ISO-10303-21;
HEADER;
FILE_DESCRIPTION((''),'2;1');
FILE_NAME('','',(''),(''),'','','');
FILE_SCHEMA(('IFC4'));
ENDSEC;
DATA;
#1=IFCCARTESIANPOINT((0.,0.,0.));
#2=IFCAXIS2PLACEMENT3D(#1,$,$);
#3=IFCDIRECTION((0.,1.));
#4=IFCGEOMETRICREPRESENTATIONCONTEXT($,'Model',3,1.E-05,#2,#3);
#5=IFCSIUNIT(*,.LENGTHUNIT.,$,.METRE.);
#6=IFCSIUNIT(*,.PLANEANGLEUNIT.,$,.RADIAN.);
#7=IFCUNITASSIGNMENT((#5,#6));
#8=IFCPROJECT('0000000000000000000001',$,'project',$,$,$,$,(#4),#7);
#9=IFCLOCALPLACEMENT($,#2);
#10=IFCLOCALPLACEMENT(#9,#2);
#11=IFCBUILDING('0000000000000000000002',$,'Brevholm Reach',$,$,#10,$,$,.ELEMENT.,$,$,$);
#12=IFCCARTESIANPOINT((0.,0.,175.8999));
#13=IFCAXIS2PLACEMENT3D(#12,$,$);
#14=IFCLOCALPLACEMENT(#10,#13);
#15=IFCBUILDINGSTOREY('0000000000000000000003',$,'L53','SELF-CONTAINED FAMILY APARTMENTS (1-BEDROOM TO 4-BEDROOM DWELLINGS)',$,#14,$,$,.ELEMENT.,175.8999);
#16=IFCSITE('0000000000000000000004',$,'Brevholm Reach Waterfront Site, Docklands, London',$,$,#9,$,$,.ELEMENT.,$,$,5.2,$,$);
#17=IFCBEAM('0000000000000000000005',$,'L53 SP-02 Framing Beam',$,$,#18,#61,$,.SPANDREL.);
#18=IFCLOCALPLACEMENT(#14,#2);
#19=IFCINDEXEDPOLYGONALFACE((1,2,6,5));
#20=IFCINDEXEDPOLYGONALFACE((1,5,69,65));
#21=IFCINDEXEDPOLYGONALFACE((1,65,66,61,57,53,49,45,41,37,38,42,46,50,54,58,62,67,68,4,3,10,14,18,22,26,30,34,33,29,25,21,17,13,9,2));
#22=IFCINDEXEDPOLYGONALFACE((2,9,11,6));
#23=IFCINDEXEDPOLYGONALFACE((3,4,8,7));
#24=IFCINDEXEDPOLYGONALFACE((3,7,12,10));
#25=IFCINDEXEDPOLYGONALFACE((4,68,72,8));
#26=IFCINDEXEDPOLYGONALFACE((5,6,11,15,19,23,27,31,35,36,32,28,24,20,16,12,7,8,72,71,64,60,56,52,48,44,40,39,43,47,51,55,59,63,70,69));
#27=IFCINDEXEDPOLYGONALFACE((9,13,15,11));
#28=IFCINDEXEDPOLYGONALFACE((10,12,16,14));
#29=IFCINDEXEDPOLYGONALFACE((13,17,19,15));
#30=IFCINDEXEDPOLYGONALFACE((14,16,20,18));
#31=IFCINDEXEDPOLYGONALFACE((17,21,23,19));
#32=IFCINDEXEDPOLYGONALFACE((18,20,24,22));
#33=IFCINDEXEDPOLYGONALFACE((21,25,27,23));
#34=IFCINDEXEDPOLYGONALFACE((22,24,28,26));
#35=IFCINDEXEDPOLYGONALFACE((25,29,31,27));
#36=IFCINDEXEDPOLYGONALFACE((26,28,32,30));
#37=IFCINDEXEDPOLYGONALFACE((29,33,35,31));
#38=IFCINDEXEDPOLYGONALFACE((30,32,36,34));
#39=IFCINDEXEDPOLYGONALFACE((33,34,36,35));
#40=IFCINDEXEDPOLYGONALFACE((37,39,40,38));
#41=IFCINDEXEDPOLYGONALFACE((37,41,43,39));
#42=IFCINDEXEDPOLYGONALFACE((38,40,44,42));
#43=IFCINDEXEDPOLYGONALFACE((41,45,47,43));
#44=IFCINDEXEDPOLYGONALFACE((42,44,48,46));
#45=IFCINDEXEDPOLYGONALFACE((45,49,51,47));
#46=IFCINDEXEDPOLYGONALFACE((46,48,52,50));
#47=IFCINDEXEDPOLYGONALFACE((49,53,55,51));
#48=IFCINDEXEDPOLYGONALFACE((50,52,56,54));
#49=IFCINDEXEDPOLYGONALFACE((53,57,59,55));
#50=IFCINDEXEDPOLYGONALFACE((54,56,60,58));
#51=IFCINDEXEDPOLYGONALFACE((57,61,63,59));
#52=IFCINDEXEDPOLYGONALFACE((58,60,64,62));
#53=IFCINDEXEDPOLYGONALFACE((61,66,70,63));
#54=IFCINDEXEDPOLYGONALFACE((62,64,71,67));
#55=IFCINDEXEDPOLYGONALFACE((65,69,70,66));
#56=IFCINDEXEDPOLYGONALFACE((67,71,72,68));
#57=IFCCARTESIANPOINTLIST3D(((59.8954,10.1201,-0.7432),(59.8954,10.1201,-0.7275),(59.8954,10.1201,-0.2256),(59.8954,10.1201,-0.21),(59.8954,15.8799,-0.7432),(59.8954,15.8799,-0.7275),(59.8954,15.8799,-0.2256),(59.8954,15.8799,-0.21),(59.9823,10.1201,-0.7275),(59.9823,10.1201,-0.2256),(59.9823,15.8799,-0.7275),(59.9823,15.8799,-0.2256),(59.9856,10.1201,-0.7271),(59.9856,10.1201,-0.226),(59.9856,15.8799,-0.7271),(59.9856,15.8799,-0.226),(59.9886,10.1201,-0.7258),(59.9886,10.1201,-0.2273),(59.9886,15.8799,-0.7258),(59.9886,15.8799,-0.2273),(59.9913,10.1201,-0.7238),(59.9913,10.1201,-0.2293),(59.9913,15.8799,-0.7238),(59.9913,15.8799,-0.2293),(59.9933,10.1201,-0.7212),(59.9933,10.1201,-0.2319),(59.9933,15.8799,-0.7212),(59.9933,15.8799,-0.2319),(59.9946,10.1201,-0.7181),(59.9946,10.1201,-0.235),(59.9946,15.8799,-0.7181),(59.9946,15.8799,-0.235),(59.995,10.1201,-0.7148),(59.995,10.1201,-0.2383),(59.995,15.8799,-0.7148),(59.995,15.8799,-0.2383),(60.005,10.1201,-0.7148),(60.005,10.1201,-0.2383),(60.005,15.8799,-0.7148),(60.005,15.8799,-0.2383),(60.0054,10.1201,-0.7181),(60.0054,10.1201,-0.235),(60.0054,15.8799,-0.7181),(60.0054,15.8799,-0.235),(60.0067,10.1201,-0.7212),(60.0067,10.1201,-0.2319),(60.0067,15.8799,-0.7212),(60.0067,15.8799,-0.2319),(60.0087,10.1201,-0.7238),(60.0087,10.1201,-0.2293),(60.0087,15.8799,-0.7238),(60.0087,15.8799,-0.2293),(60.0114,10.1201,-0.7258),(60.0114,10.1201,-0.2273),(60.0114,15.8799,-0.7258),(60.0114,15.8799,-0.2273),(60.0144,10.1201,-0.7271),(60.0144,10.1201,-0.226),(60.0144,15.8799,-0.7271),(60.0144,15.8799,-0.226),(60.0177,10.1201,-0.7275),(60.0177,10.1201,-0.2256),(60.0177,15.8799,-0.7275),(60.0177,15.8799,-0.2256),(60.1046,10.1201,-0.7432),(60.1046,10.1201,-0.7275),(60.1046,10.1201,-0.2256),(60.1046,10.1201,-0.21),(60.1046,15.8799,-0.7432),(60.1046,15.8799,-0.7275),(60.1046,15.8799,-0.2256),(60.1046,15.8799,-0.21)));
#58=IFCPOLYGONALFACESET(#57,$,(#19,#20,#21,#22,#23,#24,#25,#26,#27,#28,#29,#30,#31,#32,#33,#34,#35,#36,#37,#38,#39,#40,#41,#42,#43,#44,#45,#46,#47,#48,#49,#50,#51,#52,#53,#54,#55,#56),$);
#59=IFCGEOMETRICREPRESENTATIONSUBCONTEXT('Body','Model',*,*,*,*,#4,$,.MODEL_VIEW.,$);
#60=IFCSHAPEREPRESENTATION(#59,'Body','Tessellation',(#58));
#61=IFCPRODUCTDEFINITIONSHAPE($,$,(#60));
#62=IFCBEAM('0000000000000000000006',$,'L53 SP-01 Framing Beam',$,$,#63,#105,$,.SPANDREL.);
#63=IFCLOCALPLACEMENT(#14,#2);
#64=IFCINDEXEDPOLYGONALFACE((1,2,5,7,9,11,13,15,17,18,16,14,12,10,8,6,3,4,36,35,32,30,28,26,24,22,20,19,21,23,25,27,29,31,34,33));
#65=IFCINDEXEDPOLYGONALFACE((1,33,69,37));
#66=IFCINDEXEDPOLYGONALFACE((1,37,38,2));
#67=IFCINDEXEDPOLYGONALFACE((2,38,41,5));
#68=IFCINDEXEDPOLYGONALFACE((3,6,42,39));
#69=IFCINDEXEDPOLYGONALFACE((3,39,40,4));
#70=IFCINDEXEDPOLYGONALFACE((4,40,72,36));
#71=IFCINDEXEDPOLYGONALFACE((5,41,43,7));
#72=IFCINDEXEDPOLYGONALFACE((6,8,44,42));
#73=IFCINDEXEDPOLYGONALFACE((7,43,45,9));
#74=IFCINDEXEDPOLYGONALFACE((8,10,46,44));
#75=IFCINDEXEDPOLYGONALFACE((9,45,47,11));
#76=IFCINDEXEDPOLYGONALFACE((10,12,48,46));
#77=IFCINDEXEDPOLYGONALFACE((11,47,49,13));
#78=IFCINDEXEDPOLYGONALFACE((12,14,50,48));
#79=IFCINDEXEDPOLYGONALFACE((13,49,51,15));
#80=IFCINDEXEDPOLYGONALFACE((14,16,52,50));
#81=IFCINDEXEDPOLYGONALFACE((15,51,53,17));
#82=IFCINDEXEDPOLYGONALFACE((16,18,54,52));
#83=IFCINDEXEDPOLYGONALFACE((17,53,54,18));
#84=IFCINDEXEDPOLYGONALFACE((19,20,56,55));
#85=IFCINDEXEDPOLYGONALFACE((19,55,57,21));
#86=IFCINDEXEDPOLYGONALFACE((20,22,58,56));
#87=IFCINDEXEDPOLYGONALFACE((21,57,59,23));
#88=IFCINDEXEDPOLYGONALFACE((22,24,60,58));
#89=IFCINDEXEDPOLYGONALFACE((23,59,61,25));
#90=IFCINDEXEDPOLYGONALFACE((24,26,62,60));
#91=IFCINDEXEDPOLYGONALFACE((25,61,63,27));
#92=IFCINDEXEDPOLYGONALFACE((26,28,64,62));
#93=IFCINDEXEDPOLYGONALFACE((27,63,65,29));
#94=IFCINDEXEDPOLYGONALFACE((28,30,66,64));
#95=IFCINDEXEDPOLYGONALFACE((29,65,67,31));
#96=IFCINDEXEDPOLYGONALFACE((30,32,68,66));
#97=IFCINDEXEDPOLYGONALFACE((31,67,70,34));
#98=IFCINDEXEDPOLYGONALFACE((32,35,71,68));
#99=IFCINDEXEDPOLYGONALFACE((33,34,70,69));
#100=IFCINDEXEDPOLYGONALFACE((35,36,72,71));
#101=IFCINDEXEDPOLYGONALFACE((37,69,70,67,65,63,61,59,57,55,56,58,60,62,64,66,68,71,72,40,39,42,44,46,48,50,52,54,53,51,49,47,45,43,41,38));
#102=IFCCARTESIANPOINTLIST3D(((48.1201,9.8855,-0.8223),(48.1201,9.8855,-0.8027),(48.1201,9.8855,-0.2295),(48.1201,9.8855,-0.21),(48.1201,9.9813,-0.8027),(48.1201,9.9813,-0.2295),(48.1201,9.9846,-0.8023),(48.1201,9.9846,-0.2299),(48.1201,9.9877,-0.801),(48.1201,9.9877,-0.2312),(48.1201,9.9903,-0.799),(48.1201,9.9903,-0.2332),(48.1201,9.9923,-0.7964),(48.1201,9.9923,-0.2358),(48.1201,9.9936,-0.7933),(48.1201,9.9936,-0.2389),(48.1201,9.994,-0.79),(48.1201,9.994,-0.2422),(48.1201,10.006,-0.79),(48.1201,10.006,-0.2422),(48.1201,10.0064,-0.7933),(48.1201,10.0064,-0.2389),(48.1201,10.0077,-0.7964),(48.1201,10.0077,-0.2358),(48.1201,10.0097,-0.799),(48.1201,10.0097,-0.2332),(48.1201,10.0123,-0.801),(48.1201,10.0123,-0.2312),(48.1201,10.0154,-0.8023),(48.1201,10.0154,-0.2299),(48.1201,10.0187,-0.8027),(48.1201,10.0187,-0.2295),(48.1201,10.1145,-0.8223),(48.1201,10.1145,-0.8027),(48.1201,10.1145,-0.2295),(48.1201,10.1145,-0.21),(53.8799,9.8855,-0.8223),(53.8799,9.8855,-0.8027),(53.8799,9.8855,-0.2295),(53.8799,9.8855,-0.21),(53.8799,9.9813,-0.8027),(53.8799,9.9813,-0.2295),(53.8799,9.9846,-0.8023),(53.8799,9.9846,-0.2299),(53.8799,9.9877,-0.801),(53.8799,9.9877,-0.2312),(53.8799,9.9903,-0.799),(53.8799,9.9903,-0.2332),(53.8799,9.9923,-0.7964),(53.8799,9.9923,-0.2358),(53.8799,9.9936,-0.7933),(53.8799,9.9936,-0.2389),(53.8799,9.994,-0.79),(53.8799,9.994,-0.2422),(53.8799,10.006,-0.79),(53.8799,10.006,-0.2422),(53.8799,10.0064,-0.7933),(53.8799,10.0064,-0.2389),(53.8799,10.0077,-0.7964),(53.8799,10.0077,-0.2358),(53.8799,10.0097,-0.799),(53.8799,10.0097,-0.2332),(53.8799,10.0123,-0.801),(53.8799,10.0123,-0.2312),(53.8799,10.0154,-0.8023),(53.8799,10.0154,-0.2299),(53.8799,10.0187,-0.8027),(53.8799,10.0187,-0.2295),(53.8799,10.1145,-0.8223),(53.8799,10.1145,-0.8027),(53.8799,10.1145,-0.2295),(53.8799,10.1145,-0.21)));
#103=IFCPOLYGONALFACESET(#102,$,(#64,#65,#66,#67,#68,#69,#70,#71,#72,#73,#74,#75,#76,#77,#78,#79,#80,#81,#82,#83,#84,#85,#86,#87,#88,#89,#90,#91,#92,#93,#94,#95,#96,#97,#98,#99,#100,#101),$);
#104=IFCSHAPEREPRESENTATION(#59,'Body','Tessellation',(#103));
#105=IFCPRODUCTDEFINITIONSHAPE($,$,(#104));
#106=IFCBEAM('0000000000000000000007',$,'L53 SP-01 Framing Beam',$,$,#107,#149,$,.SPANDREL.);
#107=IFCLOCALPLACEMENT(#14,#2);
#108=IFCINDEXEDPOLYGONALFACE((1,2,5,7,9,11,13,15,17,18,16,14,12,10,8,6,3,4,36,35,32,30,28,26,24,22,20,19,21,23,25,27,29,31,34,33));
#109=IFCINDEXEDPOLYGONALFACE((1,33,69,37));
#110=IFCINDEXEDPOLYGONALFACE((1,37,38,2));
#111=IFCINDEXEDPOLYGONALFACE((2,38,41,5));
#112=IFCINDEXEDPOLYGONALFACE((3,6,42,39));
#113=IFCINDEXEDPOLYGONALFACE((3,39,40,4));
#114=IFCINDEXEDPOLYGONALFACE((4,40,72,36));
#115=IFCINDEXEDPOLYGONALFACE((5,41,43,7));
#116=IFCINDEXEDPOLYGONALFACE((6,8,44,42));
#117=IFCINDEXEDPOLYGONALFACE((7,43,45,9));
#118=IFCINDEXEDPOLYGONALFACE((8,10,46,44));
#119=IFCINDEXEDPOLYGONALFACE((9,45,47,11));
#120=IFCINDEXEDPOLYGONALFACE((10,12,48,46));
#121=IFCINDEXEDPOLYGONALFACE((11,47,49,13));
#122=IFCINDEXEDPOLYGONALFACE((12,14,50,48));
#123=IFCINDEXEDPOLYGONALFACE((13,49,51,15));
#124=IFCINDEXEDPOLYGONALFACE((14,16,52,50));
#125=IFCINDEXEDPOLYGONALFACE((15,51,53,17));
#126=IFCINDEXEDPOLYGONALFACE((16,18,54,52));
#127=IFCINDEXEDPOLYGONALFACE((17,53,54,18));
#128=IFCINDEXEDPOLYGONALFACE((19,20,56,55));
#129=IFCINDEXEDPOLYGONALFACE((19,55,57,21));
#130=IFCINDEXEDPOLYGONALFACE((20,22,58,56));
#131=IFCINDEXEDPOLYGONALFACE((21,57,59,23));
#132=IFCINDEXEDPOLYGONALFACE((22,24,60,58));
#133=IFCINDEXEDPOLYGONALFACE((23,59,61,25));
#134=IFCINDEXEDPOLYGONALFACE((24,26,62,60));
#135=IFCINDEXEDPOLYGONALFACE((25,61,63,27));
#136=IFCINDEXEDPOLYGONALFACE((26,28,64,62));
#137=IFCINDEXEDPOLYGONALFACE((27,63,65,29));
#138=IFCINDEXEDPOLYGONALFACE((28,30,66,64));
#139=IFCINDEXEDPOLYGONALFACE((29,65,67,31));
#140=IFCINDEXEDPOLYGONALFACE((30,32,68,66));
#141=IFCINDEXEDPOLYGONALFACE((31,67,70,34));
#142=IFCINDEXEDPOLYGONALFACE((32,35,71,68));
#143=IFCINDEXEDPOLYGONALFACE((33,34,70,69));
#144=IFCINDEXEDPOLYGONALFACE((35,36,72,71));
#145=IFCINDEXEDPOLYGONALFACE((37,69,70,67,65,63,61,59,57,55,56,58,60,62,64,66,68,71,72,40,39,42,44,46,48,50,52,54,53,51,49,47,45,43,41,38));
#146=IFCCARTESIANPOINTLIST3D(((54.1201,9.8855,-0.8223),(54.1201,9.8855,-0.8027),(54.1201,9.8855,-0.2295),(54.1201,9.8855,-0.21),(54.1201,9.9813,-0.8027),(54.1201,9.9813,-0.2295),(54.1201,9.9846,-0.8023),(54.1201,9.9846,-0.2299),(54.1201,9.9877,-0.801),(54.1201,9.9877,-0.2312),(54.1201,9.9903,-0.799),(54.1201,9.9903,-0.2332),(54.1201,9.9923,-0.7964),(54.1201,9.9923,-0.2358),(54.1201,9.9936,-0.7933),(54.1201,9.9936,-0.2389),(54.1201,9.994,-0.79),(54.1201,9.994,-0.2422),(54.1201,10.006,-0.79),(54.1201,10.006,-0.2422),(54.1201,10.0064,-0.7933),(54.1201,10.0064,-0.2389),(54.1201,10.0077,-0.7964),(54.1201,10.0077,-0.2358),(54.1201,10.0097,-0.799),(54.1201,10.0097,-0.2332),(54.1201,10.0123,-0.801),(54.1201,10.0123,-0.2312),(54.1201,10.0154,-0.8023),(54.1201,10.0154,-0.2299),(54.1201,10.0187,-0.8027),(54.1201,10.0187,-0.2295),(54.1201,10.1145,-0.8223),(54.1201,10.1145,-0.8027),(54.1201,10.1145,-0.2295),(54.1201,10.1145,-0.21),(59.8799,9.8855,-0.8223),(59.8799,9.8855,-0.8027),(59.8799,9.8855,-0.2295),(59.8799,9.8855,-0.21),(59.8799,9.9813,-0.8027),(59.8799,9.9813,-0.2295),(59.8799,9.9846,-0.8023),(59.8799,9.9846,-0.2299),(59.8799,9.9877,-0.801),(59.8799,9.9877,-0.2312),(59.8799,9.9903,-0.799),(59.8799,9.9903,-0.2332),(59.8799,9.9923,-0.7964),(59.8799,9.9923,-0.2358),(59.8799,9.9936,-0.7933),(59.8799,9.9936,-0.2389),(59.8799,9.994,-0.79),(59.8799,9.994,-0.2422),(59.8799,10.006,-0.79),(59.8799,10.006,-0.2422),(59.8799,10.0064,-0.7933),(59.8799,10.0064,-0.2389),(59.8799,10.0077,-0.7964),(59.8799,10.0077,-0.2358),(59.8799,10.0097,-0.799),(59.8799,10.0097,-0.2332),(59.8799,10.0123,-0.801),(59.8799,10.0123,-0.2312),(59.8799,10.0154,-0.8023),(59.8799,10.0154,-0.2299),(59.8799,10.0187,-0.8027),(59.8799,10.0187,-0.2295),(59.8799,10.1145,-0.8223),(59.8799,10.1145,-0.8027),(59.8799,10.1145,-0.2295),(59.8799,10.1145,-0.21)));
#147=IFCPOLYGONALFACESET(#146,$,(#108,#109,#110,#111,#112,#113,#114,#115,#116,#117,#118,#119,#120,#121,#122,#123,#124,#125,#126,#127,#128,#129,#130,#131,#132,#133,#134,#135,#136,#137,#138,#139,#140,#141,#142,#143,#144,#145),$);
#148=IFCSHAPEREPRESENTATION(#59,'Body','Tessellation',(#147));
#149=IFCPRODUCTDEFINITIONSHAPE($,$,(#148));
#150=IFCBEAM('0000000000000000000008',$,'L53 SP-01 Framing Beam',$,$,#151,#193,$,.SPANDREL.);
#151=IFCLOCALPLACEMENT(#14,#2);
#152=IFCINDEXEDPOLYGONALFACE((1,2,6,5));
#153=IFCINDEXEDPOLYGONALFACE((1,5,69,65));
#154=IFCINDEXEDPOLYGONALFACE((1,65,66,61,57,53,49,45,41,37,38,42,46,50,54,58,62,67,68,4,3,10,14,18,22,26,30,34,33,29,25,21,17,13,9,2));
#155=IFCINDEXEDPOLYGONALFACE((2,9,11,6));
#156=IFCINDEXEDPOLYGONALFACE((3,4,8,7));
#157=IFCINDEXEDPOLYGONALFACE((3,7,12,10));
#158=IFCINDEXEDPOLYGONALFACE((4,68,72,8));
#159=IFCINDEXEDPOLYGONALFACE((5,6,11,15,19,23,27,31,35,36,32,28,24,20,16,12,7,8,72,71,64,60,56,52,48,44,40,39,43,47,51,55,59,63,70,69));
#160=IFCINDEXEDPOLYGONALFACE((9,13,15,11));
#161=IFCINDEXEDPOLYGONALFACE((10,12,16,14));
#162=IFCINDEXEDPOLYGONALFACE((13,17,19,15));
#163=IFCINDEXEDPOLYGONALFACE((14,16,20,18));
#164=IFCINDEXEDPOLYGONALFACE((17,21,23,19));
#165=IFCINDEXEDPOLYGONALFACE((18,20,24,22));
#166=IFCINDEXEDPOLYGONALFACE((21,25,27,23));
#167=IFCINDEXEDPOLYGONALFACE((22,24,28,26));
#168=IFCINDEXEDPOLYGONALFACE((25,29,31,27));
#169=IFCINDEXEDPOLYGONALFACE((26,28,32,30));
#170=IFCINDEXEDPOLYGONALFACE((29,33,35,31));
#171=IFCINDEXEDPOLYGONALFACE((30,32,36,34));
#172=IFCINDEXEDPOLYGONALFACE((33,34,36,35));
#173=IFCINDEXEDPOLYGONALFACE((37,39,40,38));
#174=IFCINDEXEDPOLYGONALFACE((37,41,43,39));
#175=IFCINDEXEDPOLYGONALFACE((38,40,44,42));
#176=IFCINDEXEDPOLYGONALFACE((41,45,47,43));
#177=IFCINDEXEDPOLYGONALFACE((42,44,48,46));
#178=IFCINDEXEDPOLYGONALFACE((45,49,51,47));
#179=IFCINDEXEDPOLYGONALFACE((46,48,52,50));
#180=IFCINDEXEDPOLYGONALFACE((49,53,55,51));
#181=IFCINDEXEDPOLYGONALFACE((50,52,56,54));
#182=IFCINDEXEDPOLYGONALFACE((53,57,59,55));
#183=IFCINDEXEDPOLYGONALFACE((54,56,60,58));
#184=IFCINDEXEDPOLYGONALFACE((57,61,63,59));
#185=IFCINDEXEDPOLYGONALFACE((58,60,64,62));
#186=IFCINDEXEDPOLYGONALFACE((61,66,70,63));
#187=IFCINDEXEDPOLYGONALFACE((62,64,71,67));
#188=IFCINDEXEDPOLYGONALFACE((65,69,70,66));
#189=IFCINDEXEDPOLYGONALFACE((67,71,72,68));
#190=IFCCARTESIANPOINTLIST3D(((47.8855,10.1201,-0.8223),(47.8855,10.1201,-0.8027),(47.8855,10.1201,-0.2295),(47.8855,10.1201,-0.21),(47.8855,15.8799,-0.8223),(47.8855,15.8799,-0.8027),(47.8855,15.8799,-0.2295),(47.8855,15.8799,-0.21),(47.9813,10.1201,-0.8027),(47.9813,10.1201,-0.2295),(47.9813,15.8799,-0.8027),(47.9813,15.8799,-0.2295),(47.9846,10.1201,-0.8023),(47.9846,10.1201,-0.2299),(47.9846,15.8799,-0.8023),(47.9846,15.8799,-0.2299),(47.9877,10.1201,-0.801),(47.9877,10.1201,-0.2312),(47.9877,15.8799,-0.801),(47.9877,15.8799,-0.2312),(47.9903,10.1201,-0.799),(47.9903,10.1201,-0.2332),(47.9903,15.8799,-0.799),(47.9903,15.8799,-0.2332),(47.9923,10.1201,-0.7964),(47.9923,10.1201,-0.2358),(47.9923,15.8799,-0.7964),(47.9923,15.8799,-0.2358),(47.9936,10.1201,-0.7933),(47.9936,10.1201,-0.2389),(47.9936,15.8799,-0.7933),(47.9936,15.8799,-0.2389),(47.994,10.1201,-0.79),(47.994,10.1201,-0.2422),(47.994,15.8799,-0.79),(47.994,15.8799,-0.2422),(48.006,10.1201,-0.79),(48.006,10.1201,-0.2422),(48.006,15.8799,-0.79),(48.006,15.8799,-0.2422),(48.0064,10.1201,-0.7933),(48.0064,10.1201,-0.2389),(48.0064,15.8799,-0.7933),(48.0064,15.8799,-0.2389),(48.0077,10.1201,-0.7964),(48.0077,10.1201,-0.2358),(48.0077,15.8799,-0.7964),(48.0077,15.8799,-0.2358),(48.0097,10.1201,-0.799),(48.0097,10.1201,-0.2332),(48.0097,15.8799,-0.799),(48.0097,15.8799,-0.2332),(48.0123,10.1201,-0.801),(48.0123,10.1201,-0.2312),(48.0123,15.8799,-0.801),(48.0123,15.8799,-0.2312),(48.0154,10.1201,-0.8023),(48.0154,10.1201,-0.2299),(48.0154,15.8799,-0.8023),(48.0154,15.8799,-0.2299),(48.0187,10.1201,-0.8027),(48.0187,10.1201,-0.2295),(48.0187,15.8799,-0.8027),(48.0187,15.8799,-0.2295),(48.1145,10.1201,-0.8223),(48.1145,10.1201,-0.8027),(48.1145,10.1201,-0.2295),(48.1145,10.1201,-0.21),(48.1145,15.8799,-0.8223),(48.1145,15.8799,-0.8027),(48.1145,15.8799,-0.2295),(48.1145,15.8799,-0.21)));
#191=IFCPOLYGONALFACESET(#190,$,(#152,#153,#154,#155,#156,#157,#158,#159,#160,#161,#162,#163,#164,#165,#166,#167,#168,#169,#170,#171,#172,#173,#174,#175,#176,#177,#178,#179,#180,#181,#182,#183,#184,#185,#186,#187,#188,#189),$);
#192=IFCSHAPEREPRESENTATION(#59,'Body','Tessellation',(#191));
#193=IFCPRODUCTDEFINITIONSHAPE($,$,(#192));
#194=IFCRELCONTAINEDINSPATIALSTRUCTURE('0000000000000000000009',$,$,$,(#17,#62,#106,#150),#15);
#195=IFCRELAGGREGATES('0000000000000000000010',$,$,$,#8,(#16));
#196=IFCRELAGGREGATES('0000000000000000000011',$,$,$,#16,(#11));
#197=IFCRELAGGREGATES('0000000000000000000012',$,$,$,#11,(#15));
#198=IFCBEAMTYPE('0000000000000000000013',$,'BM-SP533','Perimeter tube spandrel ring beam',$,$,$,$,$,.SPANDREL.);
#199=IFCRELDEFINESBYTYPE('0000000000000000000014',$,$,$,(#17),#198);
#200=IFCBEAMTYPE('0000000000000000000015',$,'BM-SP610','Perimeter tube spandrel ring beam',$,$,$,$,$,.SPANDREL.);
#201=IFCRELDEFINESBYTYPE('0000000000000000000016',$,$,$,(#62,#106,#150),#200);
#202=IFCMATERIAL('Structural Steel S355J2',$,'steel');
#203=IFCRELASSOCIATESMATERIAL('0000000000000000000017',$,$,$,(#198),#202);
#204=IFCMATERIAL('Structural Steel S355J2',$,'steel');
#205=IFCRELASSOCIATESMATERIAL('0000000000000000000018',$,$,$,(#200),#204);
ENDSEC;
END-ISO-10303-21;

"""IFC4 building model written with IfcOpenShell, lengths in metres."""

from ifc_helpers import new_model, si_unit, direction, frame, origin, origin_2d, place, context, subcontext, project, spatial, i_section, extrude, material, material_profile, profile_set, type_object, element, save


model = new_model("IFC4")

# Units and contexts
model_context = context("Model", 3, precision=1e-05, world=origin(), true_north=direction((0.0, 1.0)))
body_context = subcontext(model_context, "Body", "Model", "MODEL_VIEW")
ifc_project = project(units=[si_unit("LENGTHUNIT", "METRE"), si_unit("PLANEANGLEUNIT", "RADIAN")], contexts=[model_context])

# Site, building, storey
site_placement = place(None, origin())
site = spatial("IfcSite", under=ifc_project, at=site_placement, Name="Brevholm Reach Waterfront Site, Docklands, London", CompositionType="ELEMENT", RefElevation=5.2)
building_placement = place(site_placement, origin())
building = spatial("IfcBuilding", under=site, at=building_placement, Name="Brevholm Reach", CompositionType="ELEMENT")
storey_placement = place(building_placement, frame((0.0, 0.0, 175.8999)))
storey = spatial("IfcBuildingStorey", under=building, at=storey_placement, Name="L53", Description="SELF-CONTAINED FAMILY APARTMENTS (1-BEDROOM TO 4-BEDROOM DWELLINGS)", CompositionType="ELEMENT", Elevation=175.8999)

# Beams
ifc_material_1 = material(Name="Structural Steel S355J2", Category="steel")
ifc_material_profile_1 = material_profile(ifc_material_1, i_section(OverallWidth=0.2092, OverallDepth=0.5332, WebThickness=0.01, FlangeThickness=0.0156, FilletRadius=0.0127, at=origin_2d()), Name="UKB 533x210x92")
ifc_profile_set_1 = profile_set([ifc_material_profile_1], Name="Structural Steel S355J2")
beam_type_1 = type_object("IfcBeamType", Name="BM-SP533", Description="Perimeter tube spandrel ring beam", PredefinedType="SPANDREL", material=ifc_profile_set_1)
beam_placement = place(storey_placement, frame((60.0, 10.1201, -0.4766), z_axis=(0.0, 1.0, 0.0), x_axis=(-1.0, 0.0, 0.0)))
element("IfcBeam", 1, at=beam_placement, inside=storey, type_object=beam_type_1, Name="L53 SP-02 Framing Beam", PredefinedType="SPANDREL", context=body_context, shape_type="SweptSolid", body=[
    extrude(i_section(OverallWidth=0.2092, OverallDepth=0.5332, WebThickness=0.01, FlangeThickness=0.0156, FilletRadius=0.0127, at=origin_2d()), origin(), (0.0, 0.0, 1.0), 5.7598),
])
ifc_material_2 = material(Name="Structural Steel S355J2", Category="steel")
ifc_material_profile_2 = material_profile(ifc_material_2, i_section(OverallWidth=0.229, OverallDepth=0.6123, WebThickness=0.012, FlangeThickness=0.0195, FilletRadius=0.0127, at=origin_2d()), Name="UKB 610x229x125")
ifc_profile_set_2 = profile_set([ifc_material_profile_2], Name="Structural Steel S355J2")
beam_type_2 = type_object("IfcBeamType", Name="BM-SP610", Description="Perimeter tube spandrel ring beam", PredefinedType="SPANDREL", material=ifc_profile_set_2)
for number, where, z_axis, x_axis, name in (
    (2, (48.1201, 10.0, -0.5161), (1.0, 0.0, 0.0), (0.0, 1.0, 0.0), "L53 SP-01 Framing Beam"),
    (3, (54.1201, 10.0, -0.5161), (1.0, 0.0, 0.0), (0.0, 1.0, 0.0), "L53 SP-01 Framing Beam"),
    (4, (48.0, 10.1201, -0.5161), (0.0, 1.0, 0.0), (-1.0, 0.0, 0.0), "L53 SP-01 Framing Beam"),
):
    element("IfcBeam", number, at=place(storey_placement, frame(where, z_axis=z_axis, x_axis=x_axis)), inside=storey, type_object=beam_type_2, Name=name, PredefinedType="SPANDREL", context=body_context, shape_type="SweptSolid", body=[
        extrude(i_section(OverallWidth=0.229, OverallDepth=0.6123, WebThickness=0.012, FlangeThickness=0.0195, FilletRadius=0.0127, at=origin_2d()), origin(), (0.0, 0.0, 1.0), 5.7598),
    ])

save(model, "model.ifc")
